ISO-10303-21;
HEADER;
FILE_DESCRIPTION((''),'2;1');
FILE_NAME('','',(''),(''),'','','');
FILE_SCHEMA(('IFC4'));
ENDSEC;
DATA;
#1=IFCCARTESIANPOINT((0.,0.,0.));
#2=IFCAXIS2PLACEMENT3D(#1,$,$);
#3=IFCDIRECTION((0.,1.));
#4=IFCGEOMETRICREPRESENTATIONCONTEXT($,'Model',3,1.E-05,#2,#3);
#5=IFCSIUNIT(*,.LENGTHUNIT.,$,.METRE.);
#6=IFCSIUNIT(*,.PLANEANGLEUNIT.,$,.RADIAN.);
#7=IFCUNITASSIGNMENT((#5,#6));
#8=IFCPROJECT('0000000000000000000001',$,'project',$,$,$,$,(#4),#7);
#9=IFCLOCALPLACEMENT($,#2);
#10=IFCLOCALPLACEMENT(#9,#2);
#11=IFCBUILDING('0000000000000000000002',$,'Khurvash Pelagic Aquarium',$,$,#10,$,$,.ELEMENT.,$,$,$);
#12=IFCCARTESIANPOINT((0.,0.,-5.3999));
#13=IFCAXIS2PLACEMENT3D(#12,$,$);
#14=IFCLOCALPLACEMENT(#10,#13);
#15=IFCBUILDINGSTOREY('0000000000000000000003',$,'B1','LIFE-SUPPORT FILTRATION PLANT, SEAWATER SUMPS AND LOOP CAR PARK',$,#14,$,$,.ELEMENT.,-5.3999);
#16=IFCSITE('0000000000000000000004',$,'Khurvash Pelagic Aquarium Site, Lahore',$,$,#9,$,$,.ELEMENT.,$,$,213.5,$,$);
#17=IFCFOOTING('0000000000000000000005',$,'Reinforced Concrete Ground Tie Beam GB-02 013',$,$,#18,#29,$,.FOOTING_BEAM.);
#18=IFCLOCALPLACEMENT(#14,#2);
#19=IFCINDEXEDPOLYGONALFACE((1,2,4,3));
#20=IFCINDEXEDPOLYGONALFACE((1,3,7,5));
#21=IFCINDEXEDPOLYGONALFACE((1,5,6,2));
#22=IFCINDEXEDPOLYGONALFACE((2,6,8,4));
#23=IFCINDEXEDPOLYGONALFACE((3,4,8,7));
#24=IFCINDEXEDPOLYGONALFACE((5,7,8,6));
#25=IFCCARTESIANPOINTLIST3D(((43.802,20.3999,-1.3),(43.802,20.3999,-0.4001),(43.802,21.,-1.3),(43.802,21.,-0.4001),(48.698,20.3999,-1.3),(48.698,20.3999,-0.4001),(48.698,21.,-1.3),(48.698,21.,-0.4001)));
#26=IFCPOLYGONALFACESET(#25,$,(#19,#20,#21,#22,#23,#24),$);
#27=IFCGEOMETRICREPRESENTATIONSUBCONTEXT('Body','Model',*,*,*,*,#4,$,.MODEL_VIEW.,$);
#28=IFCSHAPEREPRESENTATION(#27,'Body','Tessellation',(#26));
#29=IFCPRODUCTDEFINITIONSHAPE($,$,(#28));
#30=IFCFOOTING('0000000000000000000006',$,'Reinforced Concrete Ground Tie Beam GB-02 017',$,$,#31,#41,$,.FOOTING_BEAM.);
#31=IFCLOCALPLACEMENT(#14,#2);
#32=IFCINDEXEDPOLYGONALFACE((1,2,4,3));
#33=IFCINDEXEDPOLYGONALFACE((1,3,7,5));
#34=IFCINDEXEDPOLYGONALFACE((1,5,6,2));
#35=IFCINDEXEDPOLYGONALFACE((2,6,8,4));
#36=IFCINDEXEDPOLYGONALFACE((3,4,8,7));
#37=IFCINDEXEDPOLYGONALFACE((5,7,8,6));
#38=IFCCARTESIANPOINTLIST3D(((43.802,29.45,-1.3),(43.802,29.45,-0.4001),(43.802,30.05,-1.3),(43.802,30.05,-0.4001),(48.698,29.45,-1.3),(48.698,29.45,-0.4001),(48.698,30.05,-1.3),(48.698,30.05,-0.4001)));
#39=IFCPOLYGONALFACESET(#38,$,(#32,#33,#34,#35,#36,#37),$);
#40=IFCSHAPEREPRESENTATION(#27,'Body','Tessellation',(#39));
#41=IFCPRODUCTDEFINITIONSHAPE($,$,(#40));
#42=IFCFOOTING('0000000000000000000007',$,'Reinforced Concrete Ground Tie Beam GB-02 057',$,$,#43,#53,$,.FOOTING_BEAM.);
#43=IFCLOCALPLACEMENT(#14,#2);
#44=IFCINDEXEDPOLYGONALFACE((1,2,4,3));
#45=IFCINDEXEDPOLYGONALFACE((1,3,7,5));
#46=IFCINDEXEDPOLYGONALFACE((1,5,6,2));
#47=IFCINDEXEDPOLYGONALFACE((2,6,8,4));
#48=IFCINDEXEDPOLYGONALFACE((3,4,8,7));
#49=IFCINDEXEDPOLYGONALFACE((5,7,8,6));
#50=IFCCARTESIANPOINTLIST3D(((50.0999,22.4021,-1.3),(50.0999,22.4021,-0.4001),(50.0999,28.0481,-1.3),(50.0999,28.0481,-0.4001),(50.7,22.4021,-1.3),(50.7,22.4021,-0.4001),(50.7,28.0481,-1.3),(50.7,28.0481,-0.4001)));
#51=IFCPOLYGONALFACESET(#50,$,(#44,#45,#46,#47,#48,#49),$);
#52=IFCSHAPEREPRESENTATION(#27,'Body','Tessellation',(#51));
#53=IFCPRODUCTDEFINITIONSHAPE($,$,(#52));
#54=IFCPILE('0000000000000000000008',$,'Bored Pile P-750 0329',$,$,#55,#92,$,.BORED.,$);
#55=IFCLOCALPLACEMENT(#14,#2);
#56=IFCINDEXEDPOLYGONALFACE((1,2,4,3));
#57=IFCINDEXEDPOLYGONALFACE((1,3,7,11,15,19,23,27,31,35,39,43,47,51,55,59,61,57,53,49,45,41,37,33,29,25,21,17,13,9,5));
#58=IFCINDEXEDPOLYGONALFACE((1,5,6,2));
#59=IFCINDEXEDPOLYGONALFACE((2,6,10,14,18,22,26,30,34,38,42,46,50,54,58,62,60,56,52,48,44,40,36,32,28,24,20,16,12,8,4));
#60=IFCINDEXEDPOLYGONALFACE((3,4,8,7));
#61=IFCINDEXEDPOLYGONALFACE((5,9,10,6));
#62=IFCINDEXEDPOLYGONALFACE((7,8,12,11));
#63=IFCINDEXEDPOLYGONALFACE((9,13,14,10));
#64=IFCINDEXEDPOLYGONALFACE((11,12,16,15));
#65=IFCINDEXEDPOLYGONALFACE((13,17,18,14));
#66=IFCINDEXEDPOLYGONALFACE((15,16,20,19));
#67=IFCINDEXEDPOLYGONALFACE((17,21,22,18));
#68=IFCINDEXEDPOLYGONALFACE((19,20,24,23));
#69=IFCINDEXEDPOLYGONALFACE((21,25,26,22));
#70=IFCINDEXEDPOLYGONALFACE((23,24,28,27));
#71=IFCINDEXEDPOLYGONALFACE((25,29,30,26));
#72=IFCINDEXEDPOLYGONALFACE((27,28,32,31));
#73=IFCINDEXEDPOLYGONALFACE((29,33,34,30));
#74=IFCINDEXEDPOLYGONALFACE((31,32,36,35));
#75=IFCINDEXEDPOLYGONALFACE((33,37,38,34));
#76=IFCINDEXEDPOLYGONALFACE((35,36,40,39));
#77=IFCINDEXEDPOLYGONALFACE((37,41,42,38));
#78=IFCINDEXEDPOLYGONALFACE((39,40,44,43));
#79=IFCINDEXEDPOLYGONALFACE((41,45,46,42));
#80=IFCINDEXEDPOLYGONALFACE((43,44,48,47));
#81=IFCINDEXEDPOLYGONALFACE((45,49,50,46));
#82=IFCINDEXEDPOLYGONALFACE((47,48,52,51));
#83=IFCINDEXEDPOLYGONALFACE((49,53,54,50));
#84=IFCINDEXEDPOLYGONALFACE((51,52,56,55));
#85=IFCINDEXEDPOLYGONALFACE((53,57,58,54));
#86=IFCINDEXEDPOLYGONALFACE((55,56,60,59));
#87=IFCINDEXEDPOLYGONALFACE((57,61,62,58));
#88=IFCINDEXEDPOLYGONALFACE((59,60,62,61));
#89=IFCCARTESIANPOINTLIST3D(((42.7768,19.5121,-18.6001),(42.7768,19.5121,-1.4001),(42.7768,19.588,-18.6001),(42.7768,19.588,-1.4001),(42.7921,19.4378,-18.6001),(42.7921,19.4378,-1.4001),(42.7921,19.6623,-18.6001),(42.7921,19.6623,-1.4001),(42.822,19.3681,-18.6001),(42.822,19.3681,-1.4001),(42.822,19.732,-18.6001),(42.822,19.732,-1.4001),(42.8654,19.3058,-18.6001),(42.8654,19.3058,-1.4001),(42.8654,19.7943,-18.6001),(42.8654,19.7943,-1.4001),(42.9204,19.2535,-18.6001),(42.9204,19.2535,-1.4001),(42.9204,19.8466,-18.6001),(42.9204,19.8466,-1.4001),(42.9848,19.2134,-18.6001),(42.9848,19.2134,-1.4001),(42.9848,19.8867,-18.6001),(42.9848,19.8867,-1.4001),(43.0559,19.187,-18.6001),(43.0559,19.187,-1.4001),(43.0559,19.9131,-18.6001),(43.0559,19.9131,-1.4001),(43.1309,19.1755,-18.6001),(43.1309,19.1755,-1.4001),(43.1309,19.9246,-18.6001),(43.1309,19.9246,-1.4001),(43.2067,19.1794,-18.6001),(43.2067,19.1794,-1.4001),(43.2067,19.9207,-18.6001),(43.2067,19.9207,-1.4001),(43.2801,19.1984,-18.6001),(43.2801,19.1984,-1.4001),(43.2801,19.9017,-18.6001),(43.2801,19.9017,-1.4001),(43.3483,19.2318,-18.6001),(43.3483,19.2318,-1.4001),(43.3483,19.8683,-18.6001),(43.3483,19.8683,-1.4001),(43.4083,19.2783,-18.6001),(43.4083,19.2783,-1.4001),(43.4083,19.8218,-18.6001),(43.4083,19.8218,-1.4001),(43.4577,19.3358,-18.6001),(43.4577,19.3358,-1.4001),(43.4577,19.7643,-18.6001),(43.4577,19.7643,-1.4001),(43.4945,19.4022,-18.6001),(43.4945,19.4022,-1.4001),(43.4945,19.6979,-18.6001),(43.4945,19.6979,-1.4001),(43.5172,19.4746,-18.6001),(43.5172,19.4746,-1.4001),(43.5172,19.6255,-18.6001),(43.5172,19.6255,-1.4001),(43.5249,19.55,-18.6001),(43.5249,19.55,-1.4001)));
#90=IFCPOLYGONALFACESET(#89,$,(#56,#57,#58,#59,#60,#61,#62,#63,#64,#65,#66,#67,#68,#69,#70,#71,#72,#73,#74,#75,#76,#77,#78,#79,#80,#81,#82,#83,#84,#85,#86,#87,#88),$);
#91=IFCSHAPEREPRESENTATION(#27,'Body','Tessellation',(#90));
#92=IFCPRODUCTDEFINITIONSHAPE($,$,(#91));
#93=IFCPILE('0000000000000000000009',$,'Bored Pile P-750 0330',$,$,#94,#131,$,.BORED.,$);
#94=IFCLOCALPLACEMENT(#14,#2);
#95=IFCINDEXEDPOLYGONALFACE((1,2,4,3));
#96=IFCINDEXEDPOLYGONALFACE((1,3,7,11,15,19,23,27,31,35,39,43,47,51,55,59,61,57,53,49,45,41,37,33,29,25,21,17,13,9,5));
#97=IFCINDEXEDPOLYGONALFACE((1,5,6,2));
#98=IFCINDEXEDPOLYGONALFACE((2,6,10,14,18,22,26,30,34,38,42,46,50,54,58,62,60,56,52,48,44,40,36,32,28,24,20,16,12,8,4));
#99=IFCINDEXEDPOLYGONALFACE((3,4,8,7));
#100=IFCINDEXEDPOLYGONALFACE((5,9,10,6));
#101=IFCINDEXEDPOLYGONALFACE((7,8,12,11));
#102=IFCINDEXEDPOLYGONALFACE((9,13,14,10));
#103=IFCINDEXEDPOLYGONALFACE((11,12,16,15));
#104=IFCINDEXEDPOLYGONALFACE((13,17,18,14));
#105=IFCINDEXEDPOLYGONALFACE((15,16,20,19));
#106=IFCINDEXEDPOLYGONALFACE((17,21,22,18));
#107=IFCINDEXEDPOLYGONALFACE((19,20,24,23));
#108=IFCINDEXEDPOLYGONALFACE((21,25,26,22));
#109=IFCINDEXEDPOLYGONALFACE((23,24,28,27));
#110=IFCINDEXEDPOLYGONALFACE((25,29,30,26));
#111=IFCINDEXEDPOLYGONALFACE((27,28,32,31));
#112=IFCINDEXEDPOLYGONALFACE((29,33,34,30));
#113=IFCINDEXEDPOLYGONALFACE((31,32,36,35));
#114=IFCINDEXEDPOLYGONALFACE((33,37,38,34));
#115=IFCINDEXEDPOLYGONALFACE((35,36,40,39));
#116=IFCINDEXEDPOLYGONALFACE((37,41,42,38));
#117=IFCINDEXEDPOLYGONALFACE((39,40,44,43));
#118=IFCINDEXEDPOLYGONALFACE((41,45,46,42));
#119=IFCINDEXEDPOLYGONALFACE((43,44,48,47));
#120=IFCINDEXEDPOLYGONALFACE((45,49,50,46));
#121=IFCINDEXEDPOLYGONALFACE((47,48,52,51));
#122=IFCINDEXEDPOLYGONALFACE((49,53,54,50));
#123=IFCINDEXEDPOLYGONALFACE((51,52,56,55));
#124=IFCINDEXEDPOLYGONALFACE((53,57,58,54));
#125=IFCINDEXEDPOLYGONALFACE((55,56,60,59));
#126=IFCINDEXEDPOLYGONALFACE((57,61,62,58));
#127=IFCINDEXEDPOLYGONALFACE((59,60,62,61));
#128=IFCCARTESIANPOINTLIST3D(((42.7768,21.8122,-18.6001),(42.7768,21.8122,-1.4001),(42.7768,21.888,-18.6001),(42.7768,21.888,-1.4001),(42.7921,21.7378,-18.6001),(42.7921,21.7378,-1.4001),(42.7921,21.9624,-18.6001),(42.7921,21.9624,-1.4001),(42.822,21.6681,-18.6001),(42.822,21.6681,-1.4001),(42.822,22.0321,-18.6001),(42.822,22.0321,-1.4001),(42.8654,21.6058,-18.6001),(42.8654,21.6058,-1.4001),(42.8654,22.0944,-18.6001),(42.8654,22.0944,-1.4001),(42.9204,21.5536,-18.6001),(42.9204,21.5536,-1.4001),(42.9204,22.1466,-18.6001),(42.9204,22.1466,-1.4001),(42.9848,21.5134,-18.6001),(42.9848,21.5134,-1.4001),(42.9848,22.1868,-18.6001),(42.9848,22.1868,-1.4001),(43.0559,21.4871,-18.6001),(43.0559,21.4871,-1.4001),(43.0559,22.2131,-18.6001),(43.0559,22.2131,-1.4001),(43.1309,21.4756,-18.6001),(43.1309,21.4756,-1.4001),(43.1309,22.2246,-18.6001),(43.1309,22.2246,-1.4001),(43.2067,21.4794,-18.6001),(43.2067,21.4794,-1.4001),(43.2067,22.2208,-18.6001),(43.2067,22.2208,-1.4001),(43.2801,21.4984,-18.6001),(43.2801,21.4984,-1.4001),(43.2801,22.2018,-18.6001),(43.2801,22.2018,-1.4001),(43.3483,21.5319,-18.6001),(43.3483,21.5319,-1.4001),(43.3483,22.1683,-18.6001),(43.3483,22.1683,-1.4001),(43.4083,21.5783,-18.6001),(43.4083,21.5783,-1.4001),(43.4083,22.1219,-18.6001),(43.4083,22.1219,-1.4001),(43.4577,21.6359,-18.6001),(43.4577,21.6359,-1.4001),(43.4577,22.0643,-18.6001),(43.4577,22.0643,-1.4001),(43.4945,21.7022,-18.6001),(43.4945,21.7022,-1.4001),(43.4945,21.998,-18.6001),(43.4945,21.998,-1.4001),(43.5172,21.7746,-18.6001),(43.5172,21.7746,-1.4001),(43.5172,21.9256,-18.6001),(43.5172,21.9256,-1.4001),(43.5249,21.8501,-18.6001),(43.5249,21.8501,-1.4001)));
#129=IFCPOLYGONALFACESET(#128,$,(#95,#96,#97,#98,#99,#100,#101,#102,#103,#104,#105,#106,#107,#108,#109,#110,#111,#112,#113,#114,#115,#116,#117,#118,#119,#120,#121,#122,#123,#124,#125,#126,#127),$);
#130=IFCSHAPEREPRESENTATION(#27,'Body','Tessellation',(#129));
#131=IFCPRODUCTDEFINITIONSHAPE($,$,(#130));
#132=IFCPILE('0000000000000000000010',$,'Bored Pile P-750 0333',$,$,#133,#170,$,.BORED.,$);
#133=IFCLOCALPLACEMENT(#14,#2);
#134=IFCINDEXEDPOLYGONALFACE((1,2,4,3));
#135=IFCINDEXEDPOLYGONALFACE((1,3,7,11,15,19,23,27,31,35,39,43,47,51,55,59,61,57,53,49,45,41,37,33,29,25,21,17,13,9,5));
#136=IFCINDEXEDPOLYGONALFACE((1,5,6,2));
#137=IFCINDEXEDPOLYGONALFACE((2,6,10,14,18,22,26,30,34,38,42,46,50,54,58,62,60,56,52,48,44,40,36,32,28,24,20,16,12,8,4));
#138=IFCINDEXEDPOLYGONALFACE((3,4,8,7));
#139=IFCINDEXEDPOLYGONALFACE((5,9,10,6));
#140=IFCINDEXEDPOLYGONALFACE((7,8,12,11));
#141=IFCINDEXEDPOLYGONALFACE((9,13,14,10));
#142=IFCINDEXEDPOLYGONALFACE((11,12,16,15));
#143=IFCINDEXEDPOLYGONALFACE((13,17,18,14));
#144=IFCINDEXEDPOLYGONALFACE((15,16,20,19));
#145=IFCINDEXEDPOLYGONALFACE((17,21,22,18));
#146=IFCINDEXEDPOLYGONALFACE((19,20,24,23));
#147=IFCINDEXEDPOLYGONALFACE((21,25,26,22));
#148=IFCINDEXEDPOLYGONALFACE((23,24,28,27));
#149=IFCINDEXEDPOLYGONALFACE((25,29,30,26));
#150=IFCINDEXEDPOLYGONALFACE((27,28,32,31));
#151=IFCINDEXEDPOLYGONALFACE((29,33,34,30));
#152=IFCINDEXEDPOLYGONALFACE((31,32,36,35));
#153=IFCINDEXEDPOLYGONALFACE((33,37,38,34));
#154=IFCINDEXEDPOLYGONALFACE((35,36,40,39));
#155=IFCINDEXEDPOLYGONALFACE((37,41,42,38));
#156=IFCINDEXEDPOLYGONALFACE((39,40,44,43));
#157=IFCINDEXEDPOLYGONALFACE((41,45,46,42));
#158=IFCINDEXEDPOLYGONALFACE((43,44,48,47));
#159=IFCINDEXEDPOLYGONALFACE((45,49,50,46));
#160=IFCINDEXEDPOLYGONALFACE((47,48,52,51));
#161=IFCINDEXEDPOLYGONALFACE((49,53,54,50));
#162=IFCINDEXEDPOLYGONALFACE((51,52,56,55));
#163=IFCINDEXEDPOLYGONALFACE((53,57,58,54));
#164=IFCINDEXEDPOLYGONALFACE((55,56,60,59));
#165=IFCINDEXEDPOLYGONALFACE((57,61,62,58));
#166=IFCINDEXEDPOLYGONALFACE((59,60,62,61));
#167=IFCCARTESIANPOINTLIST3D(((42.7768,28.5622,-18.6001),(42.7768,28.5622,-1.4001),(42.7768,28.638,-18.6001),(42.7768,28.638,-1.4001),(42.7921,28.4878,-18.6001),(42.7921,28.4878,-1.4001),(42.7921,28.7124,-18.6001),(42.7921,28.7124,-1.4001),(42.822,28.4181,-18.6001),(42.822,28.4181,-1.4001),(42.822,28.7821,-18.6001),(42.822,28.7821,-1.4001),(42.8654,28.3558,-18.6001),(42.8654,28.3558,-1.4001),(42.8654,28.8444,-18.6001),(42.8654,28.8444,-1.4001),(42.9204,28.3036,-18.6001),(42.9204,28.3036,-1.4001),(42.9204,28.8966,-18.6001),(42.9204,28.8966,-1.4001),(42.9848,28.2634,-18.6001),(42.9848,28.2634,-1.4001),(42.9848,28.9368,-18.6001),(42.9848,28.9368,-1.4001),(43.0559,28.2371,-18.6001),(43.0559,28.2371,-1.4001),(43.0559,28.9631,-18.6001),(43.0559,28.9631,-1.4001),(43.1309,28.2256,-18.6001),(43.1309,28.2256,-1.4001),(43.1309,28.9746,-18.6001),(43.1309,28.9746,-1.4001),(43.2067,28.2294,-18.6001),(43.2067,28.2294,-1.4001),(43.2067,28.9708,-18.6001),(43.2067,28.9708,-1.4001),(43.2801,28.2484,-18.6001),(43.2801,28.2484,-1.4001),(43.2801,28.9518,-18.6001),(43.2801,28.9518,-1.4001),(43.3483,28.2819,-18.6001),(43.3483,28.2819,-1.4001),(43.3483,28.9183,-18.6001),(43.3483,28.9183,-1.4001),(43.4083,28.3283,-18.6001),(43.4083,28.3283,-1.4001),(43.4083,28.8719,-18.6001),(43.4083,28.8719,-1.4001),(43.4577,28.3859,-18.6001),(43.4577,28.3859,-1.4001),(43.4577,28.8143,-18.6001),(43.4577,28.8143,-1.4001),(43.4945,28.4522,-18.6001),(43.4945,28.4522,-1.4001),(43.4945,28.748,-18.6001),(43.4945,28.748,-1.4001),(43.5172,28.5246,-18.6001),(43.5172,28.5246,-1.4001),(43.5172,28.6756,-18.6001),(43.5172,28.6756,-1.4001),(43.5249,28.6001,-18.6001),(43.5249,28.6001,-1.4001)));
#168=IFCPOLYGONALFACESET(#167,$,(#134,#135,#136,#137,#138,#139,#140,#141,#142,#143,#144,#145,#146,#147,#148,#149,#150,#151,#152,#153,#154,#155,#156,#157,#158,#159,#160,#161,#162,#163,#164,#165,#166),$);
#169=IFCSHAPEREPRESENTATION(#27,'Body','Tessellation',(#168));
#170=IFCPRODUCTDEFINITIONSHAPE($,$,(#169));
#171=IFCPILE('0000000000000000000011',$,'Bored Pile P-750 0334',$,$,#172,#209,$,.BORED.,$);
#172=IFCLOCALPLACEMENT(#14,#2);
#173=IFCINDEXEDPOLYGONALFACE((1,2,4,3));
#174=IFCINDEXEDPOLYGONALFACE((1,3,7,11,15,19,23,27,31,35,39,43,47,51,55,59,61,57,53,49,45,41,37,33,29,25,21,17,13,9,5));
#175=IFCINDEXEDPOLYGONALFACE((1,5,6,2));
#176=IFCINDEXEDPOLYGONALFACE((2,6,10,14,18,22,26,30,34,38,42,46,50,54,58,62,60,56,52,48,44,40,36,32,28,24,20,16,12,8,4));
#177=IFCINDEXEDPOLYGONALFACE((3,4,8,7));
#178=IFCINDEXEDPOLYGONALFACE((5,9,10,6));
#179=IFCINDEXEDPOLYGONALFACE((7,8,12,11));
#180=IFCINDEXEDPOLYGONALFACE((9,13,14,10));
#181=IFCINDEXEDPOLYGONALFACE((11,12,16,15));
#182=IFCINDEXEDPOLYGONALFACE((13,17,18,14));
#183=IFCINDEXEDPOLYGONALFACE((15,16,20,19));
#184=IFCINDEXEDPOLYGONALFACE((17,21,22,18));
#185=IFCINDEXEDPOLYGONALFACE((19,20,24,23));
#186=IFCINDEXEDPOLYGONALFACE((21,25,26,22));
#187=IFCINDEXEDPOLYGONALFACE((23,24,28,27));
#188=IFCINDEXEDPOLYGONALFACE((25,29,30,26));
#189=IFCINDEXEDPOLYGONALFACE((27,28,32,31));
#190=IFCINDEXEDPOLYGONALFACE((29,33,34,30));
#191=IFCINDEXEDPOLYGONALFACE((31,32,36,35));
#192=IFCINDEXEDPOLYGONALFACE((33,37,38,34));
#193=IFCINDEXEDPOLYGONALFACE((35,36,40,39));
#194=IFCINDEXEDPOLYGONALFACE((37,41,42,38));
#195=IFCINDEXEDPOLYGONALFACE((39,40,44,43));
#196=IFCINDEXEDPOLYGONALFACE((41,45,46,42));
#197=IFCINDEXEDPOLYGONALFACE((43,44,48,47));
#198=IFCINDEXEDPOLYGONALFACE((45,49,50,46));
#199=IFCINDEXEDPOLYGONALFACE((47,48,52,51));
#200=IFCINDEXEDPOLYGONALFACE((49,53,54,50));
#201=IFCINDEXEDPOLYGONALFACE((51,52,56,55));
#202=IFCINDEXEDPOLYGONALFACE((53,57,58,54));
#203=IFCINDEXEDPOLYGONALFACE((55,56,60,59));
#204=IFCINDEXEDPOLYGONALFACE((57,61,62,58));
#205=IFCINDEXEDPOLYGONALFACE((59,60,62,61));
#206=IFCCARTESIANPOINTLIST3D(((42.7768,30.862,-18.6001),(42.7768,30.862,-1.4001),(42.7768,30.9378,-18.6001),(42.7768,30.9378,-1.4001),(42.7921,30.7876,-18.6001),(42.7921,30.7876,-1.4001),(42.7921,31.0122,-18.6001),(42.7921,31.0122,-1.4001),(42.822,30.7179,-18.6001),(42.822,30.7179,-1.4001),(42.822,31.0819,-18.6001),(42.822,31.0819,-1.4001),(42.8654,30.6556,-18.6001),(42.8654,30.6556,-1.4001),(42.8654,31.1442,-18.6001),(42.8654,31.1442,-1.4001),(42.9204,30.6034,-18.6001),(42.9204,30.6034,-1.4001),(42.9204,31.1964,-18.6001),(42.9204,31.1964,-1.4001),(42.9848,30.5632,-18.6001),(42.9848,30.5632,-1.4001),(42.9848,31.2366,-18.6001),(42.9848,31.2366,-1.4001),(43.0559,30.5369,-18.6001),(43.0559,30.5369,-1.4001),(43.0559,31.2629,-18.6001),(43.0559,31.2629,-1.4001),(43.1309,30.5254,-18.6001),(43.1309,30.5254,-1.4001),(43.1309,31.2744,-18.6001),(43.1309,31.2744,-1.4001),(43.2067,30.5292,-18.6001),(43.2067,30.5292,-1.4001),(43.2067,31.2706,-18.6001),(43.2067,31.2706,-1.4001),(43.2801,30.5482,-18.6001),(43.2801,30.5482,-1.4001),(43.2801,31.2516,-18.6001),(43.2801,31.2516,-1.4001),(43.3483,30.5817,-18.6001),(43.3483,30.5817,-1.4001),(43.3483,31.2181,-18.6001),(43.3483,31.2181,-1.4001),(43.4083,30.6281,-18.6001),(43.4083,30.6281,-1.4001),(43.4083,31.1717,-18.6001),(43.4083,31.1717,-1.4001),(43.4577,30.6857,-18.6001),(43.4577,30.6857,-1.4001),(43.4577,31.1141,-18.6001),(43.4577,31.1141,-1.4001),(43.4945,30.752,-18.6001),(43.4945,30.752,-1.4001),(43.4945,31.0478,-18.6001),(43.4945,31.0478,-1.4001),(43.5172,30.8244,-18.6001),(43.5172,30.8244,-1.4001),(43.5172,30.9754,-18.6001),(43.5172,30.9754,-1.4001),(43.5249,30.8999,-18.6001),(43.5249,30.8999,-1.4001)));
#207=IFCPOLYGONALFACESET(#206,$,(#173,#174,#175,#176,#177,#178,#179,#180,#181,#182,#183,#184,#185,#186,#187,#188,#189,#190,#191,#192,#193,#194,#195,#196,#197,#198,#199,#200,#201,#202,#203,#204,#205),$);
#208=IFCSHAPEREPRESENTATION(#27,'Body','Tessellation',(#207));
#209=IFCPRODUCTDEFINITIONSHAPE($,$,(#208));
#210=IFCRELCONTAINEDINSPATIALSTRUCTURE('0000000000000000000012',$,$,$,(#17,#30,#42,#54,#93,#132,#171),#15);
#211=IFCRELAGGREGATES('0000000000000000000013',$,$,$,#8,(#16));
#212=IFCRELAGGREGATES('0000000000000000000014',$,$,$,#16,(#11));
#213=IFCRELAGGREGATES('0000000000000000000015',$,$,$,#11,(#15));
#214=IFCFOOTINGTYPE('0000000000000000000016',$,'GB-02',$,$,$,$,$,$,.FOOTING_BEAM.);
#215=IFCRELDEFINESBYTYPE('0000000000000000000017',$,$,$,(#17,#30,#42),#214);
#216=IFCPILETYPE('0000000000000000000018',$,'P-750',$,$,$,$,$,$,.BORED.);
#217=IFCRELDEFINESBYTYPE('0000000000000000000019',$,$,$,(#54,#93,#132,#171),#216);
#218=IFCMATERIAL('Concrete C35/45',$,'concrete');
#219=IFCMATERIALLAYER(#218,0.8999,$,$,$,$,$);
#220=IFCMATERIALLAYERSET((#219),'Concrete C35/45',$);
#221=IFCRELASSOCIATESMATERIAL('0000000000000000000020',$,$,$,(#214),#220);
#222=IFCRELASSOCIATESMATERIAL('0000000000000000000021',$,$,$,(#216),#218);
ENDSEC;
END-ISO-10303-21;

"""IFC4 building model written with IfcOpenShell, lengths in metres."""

from ifc_helpers import new_model, si_unit, direction, frame, origin, origin_2d, place, context, subcontext, project, spatial, rectangle, circle, extrude, material, layer, layer_set, material_profile, profile_set, type_object, element, save


model = new_model("IFC4")

# Units and contexts
model_context = context("Model", 3, precision=1e-05, world=origin(), true_north=direction((0.0, 1.0)))
body_context = subcontext(model_context, "Body", "Model", "MODEL_VIEW")
ifc_project = project(units=[si_unit("LENGTHUNIT", "METRE"), si_unit("PLANEANGLEUNIT", "RADIAN")], contexts=[model_context])

# Site, building, storey
site_placement = place(None, origin())
site = spatial("IfcSite", under=ifc_project, at=site_placement, Name="Khurvash Pelagic Aquarium Site, Lahore", CompositionType="ELEMENT", RefElevation=213.5)
building_placement = place(site_placement, origin())
building = spatial("IfcBuilding", under=site, at=building_placement, Name="Khurvash Pelagic Aquarium", CompositionType="ELEMENT")
storey_placement = place(building_placement, frame((0.0, 0.0, -5.3999)))
storey = spatial("IfcBuildingStorey", under=building, at=storey_placement, Name="B1", Description="LIFE-SUPPORT FILTRATION PLANT, SEAWATER SUMPS AND LOOP CAR PARK", CompositionType="ELEMENT", Elevation=-5.3999)

# Footings
ifc_material_1 = material(Name="Concrete C35/45", Category="concrete")
ifc_layer_1 = layer(ifc_material_1, 0.8999)
ifc_layer_set_1 = layer_set([ifc_layer_1], Name="Concrete C35/45")
footing_type_1 = type_object("IfcFootingType", Name="GB-02", PredefinedType="FOOTING_BEAM", material=ifc_layer_set_1)
for number, where, z_axis, x_axis, name in (
    (1, (46.25, 20.7, -1.3), (0.0, 0.0, 1.0), (1.0, 0.0, 0.0), "Reinforced Concrete Ground Tie Beam GB-02 013"),
    (2, (46.25, 29.75, -1.3), (0.0, 0.0, 1.0), (1.0, 0.0, 0.0), "Reinforced Concrete Ground Tie Beam GB-02 017"),
):
    element("IfcFooting", number, at=place(storey_placement, frame(where, z_axis=z_axis, x_axis=x_axis)), inside=storey, type_object=footing_type_1, Name=name, PredefinedType="FOOTING_BEAM", context=body_context, shape_type="SweptSolid", body=[
        extrude(rectangle(XDim=4.896, YDim=0.6001, at=origin_2d()), origin(), (0.0, 0.0, 1.0), 0.8999),
    ])
footing_1_placement = place(storey_placement, frame((50.3999, 25.2251, -1.3), z_axis=(0.0, 0.0, 1.0), x_axis=(0.0, 1.0, 0.0)))
element("IfcFooting", 3, at=footing_1_placement, inside=storey, type_object=footing_type_1, Name="Reinforced Concrete Ground Tie Beam GB-02 057", PredefinedType="FOOTING_BEAM", context=body_context, shape_type="SweptSolid", body=[
    extrude(rectangle(XDim=5.646, YDim=0.6001, at=origin_2d()), origin(), (0.0, 0.0, 1.0), 0.8999),
])

# Piles
ifc_material_profile_1 = material_profile(ifc_material_1, circle(Radius=0.375, at=origin_2d()), Name="PILE750")
ifc_profile_set_1 = profile_set([ifc_material_profile_1], Name="Concrete C35/45")
pile_type = type_object("IfcPileType", Name="P-750", PredefinedType="BORED", material=ifc_profile_set_1)
for number, where, z_axis, x_axis, name in (
    (4, (43.1499, 19.55, -1.4001), (0.0, 0.0, -1.0), (1.0, 0.0, 0.0), "Bored Pile P-750 0329"),
    (5, (43.1499, 21.8501, -1.4001), (0.0, 0.0, -1.0), (1.0, 0.0, 0.0), "Bored Pile P-750 0330"),
    (6, (43.1499, 28.6001, -1.4001), (0.0, 0.0, -1.0), (1.0, 0.0, 0.0), "Bored Pile P-750 0333"),
    (7, (43.1499, 30.8999, -1.4001), (0.0, 0.0, -1.0), (1.0, 0.0, 0.0), "Bored Pile P-750 0334"),
):
    element("IfcPile", number, at=place(storey_placement, frame(where, z_axis=z_axis, x_axis=x_axis)), inside=storey, type_object=pile_type, Name=name, PredefinedType="BORED", context=body_context, shape_type="SweptSolid", body=[
        extrude(circle(Radius=0.375, at=origin_2d()), origin(), (0.0, 0.0, 1.0), 17.2),
    ])

save(model, "model.ifc")
